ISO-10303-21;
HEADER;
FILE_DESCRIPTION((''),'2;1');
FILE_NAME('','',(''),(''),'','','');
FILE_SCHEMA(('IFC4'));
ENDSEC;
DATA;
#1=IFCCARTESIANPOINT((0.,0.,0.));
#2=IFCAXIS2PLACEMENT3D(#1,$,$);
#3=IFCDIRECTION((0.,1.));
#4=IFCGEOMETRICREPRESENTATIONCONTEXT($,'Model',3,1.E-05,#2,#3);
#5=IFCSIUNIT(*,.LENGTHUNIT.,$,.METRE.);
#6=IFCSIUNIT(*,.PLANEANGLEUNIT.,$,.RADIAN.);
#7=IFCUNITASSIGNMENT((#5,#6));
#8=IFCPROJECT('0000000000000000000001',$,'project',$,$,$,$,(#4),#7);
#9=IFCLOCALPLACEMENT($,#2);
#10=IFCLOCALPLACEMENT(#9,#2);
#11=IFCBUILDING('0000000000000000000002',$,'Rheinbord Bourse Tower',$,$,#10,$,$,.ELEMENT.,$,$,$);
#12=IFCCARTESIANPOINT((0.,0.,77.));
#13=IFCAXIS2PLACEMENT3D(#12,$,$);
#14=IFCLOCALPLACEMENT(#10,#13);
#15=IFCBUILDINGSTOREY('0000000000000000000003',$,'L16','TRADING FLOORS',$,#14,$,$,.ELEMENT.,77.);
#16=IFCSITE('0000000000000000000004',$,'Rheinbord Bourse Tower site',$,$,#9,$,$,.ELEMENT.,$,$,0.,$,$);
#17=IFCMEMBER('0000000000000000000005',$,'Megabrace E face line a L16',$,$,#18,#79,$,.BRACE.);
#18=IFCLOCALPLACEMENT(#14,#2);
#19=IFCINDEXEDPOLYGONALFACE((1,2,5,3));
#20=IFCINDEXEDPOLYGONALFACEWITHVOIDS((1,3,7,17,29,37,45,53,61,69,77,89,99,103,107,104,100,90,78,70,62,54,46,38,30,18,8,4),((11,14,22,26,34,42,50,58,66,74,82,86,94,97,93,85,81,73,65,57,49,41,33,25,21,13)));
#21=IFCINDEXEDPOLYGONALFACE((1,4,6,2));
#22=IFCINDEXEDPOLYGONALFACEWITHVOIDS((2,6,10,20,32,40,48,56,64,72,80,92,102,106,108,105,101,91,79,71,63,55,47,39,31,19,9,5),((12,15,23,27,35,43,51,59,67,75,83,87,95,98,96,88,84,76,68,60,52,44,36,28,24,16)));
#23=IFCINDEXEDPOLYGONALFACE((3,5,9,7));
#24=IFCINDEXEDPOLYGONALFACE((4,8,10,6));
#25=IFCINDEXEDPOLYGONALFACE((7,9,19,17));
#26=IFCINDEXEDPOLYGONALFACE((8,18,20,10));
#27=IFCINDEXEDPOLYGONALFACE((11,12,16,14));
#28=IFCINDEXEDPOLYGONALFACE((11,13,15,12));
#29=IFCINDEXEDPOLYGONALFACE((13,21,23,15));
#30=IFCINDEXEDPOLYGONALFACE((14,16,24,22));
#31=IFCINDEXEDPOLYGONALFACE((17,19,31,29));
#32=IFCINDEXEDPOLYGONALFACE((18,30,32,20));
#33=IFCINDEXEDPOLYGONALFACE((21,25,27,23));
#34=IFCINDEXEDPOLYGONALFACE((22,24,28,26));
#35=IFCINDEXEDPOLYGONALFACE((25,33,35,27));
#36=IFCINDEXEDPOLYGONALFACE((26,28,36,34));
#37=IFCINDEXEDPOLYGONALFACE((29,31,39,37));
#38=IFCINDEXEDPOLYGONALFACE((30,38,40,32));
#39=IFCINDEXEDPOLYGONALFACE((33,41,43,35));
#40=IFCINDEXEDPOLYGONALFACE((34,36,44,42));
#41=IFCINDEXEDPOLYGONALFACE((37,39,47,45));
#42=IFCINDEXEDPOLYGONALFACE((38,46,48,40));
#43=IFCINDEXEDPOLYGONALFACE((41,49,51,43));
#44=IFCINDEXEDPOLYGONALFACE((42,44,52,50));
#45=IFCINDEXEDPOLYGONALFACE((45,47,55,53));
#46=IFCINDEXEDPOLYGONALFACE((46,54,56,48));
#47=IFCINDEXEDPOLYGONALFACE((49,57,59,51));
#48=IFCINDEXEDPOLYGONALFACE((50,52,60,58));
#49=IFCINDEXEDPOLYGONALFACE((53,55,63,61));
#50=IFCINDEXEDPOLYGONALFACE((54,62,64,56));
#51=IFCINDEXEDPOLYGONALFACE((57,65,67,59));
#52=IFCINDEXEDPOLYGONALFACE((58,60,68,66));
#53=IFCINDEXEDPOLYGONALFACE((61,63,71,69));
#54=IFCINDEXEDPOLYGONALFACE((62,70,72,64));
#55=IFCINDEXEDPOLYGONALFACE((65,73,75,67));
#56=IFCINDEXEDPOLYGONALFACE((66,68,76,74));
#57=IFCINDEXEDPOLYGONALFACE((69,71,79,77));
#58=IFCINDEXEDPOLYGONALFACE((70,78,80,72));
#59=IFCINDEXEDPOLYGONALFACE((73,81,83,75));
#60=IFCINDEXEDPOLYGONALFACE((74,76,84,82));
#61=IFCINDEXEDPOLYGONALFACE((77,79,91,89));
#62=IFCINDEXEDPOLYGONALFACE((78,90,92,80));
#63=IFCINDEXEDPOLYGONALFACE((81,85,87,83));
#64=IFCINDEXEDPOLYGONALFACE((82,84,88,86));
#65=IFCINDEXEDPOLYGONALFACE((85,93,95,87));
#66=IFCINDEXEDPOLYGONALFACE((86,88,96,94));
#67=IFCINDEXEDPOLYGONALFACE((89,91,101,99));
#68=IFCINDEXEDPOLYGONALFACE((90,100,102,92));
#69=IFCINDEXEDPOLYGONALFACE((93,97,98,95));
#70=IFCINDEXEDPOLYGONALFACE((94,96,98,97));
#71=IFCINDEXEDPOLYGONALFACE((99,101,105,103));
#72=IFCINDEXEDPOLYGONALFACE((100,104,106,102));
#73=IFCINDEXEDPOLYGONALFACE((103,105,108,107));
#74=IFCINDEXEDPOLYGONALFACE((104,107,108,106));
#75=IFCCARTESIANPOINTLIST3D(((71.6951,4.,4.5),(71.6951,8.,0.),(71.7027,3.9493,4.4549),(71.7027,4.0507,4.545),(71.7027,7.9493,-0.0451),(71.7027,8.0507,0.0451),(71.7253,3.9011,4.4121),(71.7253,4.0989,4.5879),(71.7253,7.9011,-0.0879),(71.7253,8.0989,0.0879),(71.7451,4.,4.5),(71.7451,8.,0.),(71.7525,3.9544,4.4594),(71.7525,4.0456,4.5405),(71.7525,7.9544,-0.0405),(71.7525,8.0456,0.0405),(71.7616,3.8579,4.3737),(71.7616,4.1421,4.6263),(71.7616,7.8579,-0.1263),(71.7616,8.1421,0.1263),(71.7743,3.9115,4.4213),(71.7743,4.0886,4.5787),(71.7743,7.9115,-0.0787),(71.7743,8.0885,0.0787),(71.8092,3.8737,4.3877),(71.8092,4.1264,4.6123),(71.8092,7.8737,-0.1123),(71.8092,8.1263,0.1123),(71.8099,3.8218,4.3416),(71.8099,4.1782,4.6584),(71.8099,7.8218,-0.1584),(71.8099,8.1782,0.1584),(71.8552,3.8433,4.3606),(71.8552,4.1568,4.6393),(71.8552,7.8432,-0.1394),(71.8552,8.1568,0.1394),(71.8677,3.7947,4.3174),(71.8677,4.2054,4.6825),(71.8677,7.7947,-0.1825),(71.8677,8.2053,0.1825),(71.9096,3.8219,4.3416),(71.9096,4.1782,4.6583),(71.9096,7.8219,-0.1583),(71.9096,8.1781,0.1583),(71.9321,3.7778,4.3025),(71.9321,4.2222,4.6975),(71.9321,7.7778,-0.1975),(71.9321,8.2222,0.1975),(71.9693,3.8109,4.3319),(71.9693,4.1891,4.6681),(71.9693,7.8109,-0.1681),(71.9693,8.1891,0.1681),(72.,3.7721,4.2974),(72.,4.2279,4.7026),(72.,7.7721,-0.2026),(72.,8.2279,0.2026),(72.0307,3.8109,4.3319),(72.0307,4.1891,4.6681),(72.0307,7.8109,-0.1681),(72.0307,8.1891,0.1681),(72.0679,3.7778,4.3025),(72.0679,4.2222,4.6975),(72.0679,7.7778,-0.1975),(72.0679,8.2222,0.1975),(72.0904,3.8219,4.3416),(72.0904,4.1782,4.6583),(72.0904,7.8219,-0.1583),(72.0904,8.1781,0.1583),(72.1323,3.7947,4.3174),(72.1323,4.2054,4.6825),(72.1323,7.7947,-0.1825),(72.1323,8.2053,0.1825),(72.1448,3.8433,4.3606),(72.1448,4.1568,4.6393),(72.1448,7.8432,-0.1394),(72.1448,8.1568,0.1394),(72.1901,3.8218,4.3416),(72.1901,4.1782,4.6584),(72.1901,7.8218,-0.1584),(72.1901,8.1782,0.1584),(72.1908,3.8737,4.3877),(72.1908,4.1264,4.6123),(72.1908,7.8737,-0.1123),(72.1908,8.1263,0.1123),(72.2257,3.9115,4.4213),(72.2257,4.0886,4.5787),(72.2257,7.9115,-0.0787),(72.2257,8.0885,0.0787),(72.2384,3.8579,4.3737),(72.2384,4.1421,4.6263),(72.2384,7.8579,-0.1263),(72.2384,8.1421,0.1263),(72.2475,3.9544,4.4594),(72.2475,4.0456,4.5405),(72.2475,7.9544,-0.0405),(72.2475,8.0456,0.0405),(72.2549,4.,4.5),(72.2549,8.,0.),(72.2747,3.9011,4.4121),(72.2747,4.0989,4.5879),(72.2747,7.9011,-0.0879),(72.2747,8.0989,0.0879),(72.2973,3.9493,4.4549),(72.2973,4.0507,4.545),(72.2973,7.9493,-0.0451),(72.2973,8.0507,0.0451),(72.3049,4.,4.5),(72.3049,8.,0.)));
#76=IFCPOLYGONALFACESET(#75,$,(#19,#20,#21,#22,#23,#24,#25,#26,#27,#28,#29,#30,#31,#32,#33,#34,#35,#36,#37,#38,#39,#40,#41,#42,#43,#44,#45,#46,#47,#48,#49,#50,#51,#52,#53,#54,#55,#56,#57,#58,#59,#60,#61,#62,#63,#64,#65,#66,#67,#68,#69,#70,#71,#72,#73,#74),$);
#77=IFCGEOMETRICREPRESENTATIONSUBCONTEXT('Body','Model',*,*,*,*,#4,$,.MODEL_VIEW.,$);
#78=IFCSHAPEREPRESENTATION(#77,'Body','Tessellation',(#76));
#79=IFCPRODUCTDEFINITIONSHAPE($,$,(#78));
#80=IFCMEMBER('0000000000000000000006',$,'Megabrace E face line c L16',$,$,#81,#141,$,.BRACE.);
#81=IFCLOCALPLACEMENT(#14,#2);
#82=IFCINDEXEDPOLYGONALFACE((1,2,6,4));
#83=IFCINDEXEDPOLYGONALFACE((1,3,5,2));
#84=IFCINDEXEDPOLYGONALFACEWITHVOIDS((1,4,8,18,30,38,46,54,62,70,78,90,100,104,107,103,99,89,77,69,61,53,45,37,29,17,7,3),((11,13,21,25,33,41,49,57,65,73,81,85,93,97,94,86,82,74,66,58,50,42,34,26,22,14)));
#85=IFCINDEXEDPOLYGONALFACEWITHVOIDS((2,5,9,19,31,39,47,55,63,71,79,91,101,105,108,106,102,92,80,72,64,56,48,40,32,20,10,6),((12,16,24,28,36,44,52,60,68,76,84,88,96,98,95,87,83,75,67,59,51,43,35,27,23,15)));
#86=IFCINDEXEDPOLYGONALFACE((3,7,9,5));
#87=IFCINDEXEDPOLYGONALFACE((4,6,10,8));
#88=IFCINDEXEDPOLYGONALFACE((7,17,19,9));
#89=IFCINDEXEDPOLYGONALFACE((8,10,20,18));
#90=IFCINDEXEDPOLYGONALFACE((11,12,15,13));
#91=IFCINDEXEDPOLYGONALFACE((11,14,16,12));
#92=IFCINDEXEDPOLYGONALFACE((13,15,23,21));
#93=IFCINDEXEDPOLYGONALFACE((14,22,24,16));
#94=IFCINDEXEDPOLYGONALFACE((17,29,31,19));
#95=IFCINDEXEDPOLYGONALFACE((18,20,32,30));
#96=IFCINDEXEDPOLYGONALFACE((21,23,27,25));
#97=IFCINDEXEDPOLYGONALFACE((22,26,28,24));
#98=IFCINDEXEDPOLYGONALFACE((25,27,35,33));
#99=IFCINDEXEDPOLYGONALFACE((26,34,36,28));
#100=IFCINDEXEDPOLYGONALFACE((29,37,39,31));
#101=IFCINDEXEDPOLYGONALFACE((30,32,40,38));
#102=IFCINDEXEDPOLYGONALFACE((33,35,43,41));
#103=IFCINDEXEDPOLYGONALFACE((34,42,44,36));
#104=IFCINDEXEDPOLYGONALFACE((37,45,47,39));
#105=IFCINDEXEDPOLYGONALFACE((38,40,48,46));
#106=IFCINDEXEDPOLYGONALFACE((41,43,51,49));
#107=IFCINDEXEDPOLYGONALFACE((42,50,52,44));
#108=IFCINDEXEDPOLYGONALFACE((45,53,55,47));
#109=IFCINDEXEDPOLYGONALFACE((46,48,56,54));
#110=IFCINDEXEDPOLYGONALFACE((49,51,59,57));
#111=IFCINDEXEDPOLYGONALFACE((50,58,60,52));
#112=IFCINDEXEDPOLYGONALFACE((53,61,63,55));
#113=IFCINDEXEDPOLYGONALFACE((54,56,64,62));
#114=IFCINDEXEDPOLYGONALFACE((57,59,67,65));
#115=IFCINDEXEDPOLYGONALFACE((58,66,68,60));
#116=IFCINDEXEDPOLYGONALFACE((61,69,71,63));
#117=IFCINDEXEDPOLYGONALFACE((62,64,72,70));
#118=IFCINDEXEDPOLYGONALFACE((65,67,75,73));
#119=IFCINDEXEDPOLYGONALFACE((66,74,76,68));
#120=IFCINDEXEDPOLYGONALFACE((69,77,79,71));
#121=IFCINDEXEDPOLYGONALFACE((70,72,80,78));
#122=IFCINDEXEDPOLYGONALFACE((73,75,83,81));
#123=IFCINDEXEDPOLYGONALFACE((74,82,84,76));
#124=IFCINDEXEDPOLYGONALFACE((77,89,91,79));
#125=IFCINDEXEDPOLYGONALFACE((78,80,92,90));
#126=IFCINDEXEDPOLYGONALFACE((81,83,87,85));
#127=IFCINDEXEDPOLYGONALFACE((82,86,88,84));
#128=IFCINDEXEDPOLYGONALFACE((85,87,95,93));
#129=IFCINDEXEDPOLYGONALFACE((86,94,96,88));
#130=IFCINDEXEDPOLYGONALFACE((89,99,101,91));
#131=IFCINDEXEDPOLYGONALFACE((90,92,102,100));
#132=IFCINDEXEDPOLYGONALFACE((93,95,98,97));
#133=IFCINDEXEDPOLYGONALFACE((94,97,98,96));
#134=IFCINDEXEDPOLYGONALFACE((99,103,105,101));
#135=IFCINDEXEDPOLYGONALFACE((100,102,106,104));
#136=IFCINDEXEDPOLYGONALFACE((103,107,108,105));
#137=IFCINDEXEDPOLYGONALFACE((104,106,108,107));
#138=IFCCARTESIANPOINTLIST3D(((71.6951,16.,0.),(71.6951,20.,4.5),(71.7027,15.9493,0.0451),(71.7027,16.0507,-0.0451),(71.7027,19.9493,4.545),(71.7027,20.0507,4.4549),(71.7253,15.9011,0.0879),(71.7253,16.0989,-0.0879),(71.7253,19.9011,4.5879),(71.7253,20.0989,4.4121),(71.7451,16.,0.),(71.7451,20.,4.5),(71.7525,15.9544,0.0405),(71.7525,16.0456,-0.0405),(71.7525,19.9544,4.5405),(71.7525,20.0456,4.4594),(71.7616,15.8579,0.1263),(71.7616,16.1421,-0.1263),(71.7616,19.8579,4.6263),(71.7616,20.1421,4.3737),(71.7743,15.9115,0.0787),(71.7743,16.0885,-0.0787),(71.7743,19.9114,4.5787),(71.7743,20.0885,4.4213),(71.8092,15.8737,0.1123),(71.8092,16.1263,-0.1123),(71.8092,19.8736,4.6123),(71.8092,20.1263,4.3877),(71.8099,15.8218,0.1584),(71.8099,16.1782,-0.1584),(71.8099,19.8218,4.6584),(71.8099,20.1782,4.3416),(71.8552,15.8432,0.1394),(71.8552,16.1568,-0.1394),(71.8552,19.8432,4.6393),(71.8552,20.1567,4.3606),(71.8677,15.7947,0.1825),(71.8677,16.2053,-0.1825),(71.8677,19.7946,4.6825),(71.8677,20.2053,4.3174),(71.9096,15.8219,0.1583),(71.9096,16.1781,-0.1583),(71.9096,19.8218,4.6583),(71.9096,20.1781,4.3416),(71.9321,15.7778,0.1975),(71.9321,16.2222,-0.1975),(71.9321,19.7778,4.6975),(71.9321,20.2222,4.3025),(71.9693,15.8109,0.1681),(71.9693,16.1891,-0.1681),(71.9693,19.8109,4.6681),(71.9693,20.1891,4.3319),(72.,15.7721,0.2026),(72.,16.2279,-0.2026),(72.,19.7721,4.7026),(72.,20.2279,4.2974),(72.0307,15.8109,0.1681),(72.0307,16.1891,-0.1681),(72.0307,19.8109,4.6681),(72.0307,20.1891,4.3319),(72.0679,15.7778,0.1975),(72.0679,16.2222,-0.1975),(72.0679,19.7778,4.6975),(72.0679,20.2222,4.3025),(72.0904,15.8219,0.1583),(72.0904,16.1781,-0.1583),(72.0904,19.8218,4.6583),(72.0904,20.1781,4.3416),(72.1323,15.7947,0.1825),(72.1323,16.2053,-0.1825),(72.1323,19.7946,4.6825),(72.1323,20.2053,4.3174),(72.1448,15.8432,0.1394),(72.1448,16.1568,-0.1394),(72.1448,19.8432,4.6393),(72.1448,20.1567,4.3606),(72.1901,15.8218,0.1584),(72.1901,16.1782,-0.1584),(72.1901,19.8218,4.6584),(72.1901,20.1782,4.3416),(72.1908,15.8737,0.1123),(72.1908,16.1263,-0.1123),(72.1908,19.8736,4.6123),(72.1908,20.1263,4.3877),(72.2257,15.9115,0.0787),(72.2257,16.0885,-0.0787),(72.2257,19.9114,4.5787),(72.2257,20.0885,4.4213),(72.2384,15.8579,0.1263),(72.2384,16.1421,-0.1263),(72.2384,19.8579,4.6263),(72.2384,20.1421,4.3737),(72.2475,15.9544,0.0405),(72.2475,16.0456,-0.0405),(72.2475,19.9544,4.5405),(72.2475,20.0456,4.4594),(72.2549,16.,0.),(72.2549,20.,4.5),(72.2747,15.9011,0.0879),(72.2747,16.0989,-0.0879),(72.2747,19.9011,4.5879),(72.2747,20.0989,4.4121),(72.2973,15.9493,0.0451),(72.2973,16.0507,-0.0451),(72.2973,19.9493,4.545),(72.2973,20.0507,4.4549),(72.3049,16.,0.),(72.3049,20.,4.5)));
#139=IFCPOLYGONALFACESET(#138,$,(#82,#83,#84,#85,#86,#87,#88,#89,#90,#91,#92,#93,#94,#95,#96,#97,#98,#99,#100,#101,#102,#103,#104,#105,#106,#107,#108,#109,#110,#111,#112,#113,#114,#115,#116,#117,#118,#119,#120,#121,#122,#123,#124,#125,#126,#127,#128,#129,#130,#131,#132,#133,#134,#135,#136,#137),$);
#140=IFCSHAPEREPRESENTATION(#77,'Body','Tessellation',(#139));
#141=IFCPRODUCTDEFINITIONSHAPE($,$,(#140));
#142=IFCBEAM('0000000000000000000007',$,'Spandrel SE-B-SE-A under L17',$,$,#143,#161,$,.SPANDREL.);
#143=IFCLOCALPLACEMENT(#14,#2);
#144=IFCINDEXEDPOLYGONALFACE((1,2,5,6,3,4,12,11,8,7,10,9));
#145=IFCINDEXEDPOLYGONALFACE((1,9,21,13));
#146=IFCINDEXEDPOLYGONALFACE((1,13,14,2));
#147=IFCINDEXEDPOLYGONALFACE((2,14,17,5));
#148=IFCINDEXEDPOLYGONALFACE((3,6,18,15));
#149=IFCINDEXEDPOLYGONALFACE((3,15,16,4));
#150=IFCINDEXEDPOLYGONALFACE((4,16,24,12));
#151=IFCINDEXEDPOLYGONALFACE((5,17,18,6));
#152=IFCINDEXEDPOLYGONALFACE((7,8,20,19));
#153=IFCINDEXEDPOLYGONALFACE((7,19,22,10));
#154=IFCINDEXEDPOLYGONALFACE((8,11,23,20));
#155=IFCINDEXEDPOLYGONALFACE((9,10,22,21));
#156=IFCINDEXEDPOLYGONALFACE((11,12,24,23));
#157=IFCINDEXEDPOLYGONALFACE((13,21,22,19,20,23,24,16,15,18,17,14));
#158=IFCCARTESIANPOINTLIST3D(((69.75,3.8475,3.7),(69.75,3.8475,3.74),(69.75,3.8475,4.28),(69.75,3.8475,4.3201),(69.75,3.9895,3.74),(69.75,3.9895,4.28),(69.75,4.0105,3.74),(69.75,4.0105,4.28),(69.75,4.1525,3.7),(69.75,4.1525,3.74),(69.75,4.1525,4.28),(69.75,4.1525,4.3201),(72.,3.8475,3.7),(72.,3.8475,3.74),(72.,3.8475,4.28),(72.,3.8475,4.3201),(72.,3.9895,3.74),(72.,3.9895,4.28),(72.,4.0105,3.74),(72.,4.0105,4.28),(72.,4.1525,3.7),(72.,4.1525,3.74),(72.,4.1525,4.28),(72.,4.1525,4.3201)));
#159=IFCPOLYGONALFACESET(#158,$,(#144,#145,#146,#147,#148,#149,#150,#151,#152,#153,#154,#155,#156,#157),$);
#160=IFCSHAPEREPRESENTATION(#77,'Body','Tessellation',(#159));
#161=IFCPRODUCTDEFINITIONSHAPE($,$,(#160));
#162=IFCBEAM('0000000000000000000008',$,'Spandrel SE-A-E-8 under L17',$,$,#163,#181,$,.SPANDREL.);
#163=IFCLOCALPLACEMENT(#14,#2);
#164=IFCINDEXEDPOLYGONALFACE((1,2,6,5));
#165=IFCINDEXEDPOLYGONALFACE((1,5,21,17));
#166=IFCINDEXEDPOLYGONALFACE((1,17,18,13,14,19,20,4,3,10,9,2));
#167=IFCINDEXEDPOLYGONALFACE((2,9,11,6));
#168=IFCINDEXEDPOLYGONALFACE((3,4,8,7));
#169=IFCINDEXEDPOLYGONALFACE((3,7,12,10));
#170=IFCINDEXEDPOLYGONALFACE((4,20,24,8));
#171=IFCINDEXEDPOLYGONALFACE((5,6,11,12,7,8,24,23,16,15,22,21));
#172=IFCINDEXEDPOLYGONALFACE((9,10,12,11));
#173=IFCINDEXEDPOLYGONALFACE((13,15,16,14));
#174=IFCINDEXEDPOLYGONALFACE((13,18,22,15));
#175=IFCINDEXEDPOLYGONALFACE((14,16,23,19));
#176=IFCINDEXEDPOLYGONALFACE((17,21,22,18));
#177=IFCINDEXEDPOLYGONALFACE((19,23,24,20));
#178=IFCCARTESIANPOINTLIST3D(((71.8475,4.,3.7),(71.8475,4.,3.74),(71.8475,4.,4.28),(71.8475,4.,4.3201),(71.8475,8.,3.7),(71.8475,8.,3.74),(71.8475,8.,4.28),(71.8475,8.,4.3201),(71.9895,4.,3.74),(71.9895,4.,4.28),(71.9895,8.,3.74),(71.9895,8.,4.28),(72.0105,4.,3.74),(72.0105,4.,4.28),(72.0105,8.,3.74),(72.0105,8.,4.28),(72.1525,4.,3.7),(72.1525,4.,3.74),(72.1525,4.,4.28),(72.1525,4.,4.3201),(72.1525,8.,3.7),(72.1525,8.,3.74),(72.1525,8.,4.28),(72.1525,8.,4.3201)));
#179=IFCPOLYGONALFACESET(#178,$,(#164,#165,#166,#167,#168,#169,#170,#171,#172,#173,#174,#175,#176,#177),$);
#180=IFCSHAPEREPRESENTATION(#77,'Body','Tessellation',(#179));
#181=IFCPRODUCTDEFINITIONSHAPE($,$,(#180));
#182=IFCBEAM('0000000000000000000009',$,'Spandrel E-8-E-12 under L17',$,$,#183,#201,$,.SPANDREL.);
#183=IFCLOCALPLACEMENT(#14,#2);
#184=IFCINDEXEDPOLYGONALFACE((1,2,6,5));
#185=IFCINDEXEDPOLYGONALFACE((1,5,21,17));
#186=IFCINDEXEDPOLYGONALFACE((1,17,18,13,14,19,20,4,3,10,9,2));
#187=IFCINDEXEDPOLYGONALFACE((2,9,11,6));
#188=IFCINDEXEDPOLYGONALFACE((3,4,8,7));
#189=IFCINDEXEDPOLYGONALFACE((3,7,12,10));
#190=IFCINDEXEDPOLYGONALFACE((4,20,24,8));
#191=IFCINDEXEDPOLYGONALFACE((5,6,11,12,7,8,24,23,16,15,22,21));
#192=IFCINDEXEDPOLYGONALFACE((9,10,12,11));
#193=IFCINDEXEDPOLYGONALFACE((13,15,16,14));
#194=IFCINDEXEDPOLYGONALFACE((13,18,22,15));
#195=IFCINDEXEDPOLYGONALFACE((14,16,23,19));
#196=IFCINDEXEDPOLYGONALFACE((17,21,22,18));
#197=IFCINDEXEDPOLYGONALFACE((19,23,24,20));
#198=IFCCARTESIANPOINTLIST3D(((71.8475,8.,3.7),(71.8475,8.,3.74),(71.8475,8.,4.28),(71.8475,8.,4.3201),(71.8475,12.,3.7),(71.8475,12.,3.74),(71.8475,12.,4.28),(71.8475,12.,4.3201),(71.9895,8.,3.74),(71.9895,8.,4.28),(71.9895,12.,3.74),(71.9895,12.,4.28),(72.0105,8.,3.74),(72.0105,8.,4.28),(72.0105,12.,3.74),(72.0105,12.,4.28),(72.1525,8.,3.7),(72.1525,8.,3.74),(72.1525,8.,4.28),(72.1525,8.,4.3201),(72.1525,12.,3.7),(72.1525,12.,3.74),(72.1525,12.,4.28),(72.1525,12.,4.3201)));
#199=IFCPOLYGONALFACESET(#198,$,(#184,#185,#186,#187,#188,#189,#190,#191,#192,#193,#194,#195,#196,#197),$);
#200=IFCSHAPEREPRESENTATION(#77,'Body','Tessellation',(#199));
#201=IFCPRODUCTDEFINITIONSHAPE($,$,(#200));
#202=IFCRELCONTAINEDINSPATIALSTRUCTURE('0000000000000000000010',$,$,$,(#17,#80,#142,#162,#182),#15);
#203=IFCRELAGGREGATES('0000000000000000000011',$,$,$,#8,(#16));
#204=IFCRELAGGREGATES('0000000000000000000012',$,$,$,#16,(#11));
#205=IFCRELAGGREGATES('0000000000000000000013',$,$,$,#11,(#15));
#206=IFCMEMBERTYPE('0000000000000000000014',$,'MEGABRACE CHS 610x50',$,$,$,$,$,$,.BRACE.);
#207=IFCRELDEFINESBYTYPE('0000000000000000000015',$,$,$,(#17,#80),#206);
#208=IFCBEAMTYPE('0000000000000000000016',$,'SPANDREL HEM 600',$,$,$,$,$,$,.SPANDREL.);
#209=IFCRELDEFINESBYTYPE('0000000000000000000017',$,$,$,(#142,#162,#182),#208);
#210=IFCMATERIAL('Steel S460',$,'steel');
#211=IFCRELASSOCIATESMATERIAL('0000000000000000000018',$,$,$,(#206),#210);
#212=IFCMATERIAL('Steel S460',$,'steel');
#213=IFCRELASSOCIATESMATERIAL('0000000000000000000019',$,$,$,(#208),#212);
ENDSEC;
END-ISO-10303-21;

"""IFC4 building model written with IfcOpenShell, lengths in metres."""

from ifc_helpers import new_model, si_unit, direction, frame, origin, origin_2d, place, context, subcontext, project, spatial, hollow_circle, i_section, extrude, material, material_profile, profile_set, type_object, element, save


model = new_model("IFC4")

# Units and contexts
model_context = context("Model", 3, precision=1e-05, world=origin(), true_north=direction((0.0, 1.0)))
body_context = subcontext(model_context, "Body", "Model", "MODEL_VIEW")
ifc_project = project(units=[si_unit("LENGTHUNIT", "METRE"), si_unit("PLANEANGLEUNIT", "RADIAN")], contexts=[model_context])

# Site, building, storey
site_placement = place(None, origin())
site = spatial("IfcSite", under=ifc_project, at=site_placement, Name="Rheinbord Bourse Tower site", CompositionType="ELEMENT", RefElevation=0.0)
building_placement = place(site_placement, origin())
building = spatial("IfcBuilding", under=site, at=building_placement, Name="Rheinbord Bourse Tower", CompositionType="ELEMENT")
storey_placement = place(building_placement, frame((0.0, 0.0, 77.0)))
storey = spatial("IfcBuildingStorey", under=building, at=storey_placement, Name="L16", Description="TRADING FLOORS", CompositionType="ELEMENT", Elevation=77.0)

# Members
ifc_material_1 = material(Name="Steel S460", Category="steel")
ifc_material_profile_1 = material_profile(ifc_material_1, hollow_circle(Radius=0.3049, WallThickness=0.05, at=origin_2d()), Name="CHS 610x50")
ifc_profile_set_1 = profile_set([ifc_material_profile_1], Name="Steel S460")
member_type_1 = type_object("IfcMemberType", Name="MEGABRACE CHS 610x50", PredefinedType="BRACE", material=ifc_profile_set_1)
for number, where, z_axis, x_axis, name in (
    (1, (72.0, 8.0, 0.0), (0.0, -0.664364, 0.747409), (1.0, 0.0, 0.0), "Megabrace E face line a L16"),
    (2, (72.0, 16.0, 0.0), (0.0, 0.664364, 0.747409), (-1.0, 0.0, 0.0), "Megabrace E face line c L16"),
):
    element("IfcMember", number, at=place(storey_placement, frame(where, z_axis=z_axis, x_axis=x_axis)), inside=storey, type_object=member_type_1, Name=name, PredefinedType="BRACE", context=body_context, shape_type="SweptSolid", body=[
        extrude(hollow_circle(Radius=0.3049, WallThickness=0.05, at=origin_2d()), origin(), (0.0, 0.0, 1.0), 6.0208),
    ])

# Beams
ifc_material_2 = material(Name="Steel S460", Category="steel")
ifc_material_profile_2 = material_profile(ifc_material_2, i_section(OverallWidth=0.3049, OverallDepth=0.6201, WebThickness=0.021, FlangeThickness=0.04, at=origin_2d()), Name="HEM 600")
ifc_profile_set_2 = profile_set([ifc_material_profile_2], Name="Steel S460")
beam_type_1 = type_object("IfcBeamType", Name="SPANDREL HEM 600", PredefinedType="SPANDREL", material=ifc_profile_set_2)
beam_placement = place(storey_placement, frame((69.75, 4.0, 4.01), z_axis=(1.0, 0.0, 0.0), x_axis=(0.0, 1.0, 0.0)))
element("IfcBeam", 3, at=beam_placement, inside=storey, type_object=beam_type_1, Name="Spandrel SE-B-SE-A under L17", PredefinedType="SPANDREL", context=body_context, shape_type="SweptSolid", body=[
    extrude(i_section(OverallWidth=0.3049, OverallDepth=0.6201, WebThickness=0.021, FlangeThickness=0.04, at=origin_2d()), origin(), (0.0, 0.0, 1.0), 2.25),
])
for number, where, z_axis, x_axis, name in (
    (4, (72.0, 4.0, 4.01), (0.0, 1.0, 0.0), (-1.0, 0.0, 0.0), "Spandrel SE-A-E-8 under L17"),
    (5, (72.0, 8.0, 4.01), (0.0, 1.0, 0.0), (-1.0, 0.0, 0.0), "Spandrel E-8-E-12 under L17"),
):
    element("IfcBeam", number, at=place(storey_placement, frame(where, z_axis=z_axis, x_axis=x_axis)), inside=storey, type_object=beam_type_1, Name=name, PredefinedType="SPANDREL", context=body_context, shape_type="SweptSolid", body=[
        extrude(i_section(OverallWidth=0.3049, OverallDepth=0.6201, WebThickness=0.021, FlangeThickness=0.04, at=origin_2d()), origin(), (0.0, 0.0, 1.0), 4.0),
    ])

save(model, "model.ifc")
